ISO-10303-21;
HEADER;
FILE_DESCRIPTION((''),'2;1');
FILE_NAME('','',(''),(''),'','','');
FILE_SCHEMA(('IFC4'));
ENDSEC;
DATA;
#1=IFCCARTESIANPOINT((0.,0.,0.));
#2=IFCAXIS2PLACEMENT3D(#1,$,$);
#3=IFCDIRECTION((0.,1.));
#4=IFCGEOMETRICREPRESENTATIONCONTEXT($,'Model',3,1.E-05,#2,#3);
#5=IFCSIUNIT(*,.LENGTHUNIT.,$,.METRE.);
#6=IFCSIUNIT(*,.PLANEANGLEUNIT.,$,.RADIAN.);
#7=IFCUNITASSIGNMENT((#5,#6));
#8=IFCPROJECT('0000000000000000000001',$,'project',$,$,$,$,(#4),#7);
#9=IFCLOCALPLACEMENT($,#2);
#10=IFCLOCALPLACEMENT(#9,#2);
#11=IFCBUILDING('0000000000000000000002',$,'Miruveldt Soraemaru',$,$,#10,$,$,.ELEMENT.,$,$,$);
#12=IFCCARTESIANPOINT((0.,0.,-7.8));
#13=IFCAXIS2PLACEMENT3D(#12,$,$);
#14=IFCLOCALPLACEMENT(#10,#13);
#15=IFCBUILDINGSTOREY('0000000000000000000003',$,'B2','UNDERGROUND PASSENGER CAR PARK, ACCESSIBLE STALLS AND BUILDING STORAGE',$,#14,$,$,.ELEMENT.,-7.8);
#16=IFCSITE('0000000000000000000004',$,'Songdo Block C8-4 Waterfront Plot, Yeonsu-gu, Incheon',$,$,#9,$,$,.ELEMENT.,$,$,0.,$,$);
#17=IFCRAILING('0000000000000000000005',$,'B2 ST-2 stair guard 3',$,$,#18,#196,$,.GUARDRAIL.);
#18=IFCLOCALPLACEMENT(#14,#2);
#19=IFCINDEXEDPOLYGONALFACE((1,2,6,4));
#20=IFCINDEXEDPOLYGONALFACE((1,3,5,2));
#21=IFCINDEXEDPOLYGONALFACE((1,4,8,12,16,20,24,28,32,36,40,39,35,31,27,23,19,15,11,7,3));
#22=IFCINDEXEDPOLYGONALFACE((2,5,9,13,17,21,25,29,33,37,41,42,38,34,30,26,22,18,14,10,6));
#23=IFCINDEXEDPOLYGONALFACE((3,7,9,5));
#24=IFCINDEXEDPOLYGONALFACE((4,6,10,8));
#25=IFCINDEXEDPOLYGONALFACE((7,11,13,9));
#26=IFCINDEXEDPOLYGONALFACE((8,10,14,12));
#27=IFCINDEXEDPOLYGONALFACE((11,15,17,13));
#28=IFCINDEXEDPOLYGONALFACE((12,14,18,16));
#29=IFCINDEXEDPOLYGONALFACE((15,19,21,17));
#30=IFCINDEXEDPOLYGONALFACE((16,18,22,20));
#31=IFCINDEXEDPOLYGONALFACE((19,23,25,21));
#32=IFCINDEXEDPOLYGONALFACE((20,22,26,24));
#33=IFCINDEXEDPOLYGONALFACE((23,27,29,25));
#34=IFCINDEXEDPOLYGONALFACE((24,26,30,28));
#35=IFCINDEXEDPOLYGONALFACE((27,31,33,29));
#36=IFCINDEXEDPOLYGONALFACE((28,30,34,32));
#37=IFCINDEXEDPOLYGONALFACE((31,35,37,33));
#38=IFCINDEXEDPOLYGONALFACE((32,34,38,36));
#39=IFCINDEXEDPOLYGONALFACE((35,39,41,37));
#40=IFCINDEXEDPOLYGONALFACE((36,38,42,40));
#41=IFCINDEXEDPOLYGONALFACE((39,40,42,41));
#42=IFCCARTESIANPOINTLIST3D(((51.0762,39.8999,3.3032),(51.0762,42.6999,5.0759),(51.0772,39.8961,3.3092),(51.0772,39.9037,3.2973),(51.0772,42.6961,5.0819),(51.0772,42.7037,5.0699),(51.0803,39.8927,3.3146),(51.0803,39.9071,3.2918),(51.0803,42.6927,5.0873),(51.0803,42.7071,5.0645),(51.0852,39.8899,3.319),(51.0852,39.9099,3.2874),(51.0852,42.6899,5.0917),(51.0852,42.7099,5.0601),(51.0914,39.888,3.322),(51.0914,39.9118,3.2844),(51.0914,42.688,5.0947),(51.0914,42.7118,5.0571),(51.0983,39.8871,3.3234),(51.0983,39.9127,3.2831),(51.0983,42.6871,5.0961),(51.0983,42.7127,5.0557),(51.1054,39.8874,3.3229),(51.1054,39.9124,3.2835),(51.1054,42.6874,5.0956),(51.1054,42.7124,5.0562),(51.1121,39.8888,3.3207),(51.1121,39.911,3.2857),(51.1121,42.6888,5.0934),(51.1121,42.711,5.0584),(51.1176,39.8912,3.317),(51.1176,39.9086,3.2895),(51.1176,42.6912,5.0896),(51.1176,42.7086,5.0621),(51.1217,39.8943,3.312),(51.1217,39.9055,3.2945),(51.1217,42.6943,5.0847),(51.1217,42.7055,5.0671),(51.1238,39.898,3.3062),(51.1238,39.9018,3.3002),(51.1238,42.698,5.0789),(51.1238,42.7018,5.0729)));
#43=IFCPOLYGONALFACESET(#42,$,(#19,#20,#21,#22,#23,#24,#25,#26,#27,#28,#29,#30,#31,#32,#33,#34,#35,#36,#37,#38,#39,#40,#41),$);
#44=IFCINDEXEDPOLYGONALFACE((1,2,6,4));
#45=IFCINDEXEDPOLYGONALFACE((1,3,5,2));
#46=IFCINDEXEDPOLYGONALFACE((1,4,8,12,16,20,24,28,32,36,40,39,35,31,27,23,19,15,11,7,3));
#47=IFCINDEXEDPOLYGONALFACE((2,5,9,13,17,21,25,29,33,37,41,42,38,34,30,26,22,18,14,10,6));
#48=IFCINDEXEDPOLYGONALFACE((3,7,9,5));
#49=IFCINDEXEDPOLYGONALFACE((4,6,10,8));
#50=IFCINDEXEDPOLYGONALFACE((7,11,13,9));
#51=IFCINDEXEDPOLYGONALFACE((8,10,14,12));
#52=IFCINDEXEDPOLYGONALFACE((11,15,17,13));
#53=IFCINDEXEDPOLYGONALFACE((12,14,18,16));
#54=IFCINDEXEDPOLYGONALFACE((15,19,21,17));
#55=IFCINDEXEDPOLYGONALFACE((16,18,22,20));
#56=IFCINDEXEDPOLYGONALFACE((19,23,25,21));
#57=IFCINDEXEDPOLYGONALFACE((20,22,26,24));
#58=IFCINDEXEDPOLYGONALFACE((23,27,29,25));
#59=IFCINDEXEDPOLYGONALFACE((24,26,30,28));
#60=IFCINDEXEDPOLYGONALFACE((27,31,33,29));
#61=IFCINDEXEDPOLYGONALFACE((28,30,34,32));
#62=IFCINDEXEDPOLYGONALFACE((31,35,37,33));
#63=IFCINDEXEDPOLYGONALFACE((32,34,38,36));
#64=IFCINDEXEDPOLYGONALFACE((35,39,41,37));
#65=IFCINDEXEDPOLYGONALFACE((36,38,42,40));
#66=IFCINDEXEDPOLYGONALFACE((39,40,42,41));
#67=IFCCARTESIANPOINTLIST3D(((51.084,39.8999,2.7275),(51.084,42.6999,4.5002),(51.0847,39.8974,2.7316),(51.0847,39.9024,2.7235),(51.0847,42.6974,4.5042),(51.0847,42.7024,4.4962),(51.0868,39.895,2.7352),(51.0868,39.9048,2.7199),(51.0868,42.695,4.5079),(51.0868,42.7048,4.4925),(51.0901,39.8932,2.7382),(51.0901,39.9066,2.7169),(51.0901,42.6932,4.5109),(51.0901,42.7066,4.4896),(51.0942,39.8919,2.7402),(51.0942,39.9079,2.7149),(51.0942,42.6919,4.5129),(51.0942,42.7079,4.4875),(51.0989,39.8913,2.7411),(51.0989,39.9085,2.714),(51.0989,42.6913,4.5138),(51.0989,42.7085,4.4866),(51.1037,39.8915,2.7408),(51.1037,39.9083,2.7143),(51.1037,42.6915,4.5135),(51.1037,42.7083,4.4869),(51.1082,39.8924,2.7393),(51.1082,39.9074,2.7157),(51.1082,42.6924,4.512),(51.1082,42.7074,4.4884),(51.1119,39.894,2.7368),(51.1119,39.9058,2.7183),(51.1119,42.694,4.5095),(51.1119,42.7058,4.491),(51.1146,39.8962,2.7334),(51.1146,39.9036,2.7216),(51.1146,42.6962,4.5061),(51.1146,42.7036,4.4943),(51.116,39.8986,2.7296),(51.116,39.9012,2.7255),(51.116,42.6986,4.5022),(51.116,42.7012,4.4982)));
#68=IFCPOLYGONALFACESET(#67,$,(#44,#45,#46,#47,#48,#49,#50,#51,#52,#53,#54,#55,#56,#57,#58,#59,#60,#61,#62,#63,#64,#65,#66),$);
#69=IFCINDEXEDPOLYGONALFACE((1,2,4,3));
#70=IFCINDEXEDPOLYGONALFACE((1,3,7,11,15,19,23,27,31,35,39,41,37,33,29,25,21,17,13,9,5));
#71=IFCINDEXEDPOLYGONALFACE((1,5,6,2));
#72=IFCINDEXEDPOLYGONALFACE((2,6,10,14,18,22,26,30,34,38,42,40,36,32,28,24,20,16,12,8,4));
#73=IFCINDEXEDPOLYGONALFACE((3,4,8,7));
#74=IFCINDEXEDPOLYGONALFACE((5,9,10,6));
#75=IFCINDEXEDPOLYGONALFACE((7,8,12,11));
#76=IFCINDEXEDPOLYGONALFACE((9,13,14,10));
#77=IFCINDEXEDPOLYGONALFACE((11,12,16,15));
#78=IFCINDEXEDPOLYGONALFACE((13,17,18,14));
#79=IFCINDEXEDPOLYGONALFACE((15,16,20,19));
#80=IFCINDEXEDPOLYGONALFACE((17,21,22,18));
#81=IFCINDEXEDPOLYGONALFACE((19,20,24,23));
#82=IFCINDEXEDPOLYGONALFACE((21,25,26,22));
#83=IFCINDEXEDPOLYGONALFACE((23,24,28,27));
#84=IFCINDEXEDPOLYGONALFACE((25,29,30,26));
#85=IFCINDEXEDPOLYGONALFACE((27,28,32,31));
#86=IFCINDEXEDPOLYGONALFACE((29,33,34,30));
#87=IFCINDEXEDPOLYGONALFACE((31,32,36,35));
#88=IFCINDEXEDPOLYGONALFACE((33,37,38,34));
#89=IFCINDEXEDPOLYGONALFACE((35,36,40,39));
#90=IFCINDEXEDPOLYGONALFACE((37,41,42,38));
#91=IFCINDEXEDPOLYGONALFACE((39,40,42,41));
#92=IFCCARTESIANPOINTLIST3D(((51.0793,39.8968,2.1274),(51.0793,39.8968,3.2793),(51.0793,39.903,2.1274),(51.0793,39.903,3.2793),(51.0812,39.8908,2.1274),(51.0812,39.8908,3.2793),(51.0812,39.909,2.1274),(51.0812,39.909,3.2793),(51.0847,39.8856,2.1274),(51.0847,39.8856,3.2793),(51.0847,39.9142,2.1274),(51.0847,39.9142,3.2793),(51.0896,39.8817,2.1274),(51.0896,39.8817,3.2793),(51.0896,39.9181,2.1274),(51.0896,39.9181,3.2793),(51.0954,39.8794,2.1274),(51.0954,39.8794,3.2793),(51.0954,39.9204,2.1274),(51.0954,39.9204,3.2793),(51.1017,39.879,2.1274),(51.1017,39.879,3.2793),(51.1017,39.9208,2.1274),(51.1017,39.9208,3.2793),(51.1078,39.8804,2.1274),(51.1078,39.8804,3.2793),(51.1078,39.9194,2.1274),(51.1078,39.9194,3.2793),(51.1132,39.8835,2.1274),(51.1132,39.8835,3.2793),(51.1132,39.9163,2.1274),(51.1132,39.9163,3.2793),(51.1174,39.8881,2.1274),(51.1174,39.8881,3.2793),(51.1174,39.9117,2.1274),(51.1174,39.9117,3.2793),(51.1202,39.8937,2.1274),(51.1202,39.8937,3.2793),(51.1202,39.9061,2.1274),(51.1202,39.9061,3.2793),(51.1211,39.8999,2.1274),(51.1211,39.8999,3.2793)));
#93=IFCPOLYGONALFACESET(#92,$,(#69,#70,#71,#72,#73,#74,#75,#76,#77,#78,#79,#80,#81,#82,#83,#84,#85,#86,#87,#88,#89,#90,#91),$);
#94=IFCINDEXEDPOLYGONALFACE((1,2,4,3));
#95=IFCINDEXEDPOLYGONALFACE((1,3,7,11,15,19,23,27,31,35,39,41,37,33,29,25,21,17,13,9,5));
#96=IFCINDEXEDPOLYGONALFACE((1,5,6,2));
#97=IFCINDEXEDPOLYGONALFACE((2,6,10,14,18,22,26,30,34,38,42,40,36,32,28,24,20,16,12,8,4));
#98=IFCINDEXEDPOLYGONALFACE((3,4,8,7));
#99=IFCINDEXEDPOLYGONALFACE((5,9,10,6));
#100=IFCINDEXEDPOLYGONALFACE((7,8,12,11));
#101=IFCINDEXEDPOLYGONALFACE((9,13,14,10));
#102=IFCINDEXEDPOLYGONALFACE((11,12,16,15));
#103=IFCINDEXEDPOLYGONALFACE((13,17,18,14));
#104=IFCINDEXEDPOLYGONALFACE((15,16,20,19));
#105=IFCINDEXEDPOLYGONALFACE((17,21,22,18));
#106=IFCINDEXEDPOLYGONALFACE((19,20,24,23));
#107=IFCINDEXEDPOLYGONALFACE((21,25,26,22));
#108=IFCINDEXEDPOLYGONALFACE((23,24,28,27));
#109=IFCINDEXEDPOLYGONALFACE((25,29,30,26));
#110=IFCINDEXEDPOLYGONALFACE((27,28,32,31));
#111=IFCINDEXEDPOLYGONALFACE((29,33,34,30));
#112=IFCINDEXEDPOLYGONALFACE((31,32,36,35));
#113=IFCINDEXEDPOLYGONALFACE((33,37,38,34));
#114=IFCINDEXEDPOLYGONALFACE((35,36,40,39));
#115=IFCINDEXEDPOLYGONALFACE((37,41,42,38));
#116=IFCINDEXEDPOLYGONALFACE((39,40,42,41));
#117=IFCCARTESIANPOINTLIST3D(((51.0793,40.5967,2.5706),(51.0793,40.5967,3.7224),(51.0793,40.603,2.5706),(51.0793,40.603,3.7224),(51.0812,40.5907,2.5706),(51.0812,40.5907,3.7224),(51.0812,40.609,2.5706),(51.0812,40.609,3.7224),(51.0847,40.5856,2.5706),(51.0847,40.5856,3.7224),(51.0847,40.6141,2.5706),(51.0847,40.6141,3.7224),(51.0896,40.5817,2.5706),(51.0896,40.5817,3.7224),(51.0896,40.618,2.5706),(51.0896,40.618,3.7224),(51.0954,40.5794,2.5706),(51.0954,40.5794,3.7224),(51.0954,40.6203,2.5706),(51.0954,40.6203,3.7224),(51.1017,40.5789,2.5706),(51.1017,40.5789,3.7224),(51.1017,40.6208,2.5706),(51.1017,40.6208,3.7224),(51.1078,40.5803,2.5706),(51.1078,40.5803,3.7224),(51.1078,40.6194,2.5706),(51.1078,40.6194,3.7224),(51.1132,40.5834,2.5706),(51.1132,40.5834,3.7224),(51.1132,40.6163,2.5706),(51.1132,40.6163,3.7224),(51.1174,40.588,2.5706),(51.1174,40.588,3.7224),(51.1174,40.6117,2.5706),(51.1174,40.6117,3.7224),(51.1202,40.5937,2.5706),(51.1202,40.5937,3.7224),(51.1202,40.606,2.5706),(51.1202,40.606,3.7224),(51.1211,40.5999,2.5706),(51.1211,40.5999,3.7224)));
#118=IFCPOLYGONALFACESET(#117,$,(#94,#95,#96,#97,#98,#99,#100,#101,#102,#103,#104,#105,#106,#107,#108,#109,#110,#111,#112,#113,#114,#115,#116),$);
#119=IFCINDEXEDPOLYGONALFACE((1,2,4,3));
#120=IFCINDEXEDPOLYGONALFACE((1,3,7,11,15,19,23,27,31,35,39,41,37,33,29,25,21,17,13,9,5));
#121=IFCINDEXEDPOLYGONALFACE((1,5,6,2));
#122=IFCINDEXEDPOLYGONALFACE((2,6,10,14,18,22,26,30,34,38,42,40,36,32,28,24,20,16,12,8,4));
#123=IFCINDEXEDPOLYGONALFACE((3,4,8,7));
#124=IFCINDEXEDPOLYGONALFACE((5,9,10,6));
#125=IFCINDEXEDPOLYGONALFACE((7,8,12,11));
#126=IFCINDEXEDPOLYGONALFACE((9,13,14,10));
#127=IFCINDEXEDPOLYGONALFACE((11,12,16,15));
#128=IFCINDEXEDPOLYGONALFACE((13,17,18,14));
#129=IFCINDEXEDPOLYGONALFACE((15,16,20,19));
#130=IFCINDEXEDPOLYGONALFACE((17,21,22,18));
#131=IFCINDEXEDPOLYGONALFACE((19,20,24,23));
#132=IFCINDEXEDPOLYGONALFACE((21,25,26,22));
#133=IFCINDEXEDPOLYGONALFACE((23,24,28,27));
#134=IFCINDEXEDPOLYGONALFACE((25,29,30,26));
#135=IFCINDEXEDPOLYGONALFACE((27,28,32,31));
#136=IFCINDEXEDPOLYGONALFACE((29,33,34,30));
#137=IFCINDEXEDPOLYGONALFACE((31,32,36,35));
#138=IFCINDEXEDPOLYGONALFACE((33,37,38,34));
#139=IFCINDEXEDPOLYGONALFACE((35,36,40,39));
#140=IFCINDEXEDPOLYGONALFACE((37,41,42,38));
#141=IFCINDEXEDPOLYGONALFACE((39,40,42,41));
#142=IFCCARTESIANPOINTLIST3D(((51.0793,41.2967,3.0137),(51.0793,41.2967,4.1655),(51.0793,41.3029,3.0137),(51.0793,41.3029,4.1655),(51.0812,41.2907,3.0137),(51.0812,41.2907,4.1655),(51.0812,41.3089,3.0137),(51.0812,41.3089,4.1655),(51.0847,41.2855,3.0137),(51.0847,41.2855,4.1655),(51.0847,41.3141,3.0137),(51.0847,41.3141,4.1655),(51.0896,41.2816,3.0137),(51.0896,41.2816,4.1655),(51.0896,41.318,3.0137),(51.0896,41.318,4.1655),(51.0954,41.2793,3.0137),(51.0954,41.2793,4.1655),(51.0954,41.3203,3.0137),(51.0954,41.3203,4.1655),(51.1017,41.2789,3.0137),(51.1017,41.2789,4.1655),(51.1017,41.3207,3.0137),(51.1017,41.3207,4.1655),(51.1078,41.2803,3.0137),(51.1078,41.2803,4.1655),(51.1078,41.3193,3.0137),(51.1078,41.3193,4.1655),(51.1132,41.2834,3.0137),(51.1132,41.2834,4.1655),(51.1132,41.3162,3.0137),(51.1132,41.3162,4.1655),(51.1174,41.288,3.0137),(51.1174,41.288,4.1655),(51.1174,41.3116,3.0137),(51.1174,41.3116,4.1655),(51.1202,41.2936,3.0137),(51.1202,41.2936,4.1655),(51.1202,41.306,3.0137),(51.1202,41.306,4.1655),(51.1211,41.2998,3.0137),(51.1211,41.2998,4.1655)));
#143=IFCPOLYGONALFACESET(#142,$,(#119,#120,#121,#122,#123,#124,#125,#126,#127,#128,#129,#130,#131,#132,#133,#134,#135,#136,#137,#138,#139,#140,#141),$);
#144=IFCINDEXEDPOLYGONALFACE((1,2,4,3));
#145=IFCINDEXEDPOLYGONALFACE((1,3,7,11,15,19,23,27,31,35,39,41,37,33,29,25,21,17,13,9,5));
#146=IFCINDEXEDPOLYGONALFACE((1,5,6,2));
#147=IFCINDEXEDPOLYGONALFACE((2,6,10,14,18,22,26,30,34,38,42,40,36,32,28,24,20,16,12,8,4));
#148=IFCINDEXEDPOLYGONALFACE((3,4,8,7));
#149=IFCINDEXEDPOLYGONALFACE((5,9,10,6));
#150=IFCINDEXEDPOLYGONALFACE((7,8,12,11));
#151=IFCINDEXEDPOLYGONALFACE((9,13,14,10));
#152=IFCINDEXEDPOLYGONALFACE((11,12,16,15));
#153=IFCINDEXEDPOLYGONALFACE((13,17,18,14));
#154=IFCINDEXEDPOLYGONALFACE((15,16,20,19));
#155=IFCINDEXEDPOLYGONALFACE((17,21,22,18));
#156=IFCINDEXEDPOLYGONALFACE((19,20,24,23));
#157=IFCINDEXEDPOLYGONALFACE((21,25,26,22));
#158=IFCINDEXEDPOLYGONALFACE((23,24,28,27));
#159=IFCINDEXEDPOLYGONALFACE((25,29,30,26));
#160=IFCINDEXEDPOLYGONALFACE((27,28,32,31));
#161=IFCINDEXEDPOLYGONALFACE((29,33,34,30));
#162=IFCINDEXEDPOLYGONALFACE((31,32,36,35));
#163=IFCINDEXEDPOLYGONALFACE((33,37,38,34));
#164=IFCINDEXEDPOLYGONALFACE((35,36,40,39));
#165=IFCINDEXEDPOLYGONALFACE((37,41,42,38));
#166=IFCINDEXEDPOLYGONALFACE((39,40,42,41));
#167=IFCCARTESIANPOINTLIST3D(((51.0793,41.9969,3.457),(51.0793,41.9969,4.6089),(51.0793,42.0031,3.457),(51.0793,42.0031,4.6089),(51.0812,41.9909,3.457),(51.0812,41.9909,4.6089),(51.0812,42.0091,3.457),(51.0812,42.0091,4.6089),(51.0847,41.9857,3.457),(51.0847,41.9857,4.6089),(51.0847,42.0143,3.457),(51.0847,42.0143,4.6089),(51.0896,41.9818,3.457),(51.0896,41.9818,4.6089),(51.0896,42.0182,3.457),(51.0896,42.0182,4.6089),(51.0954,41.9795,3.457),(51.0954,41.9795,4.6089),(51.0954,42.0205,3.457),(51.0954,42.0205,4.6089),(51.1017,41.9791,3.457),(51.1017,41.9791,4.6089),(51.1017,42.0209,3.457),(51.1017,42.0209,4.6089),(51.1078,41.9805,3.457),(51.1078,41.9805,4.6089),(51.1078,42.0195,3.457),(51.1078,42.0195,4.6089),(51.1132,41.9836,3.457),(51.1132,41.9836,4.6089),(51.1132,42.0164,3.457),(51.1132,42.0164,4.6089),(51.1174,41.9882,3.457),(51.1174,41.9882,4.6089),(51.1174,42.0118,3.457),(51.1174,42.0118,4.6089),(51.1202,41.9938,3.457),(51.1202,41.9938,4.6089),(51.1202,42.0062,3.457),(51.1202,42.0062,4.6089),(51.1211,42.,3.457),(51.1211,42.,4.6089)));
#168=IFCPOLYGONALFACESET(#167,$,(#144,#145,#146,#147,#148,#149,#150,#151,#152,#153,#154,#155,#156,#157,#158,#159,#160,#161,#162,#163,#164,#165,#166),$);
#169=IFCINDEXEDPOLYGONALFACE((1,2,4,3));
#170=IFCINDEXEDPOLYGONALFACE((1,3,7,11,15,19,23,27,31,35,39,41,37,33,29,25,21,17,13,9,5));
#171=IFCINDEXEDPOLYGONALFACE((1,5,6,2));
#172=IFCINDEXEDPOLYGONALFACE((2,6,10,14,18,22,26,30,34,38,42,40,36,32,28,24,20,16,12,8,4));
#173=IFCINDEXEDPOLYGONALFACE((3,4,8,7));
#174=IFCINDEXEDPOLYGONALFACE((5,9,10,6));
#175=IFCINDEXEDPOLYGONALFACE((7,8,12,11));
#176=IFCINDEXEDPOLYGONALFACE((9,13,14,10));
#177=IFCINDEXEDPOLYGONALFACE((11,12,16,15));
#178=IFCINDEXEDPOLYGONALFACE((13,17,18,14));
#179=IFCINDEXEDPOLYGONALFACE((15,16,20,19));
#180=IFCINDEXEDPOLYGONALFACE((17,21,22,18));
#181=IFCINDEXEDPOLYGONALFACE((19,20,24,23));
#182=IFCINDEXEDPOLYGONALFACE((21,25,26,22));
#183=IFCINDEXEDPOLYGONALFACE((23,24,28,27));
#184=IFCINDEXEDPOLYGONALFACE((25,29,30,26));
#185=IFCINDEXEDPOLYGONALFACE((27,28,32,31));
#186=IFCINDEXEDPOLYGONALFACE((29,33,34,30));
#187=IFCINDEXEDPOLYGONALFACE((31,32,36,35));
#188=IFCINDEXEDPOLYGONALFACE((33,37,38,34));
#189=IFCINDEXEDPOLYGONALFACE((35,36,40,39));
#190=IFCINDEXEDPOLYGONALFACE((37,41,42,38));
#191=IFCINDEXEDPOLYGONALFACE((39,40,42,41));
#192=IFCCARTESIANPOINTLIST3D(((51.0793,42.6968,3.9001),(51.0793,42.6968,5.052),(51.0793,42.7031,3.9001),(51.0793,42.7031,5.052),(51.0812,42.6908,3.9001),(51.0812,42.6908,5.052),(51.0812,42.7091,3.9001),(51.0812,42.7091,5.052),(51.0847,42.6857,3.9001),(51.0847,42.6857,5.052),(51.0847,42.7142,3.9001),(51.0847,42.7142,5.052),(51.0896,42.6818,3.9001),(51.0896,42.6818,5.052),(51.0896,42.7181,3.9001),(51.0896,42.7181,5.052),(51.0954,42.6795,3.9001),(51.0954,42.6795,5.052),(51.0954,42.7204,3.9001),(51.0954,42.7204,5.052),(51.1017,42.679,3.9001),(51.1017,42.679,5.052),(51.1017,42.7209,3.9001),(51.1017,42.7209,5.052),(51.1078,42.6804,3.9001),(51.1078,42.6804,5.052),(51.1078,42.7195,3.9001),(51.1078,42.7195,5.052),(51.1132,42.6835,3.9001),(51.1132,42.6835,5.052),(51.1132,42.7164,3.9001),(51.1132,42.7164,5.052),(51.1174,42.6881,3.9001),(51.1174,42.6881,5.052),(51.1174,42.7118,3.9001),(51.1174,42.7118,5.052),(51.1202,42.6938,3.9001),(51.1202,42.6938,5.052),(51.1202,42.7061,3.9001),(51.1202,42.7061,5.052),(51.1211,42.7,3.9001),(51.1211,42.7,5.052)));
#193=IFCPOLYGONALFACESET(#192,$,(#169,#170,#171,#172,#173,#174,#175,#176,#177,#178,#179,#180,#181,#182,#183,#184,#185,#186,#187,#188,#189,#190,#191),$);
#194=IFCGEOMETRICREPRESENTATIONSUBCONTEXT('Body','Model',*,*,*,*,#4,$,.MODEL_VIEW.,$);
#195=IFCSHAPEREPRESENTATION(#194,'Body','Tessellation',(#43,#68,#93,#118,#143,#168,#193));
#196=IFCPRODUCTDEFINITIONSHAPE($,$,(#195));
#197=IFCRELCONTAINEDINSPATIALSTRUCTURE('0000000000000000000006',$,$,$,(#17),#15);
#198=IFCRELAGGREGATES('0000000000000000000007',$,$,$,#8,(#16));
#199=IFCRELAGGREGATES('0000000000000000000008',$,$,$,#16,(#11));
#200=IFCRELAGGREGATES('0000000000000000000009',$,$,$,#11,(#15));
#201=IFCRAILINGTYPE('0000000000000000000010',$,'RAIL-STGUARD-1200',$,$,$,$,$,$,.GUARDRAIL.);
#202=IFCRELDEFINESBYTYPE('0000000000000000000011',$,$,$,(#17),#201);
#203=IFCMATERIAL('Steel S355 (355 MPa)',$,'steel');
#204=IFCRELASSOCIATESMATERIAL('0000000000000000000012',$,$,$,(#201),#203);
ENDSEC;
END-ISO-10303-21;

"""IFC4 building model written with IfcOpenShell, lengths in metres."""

from ifc_helpers import new_model, si_unit, direction, frame, origin, origin_2d, place, context, subcontext, project, spatial, circle, extrude, material, type_object, element, save


model = new_model("IFC4")

# Units and contexts
model_context = context("Model", 3, precision=1e-05, world=origin(), true_north=direction((0.0, 1.0)))
body_context = subcontext(model_context, "Body", "Model", "MODEL_VIEW")
ifc_project = project(units=[si_unit("LENGTHUNIT", "METRE"), si_unit("PLANEANGLEUNIT", "RADIAN")], contexts=[model_context])

# Site, building, storey
site_placement = place(None, origin())
site = spatial("IfcSite", under=ifc_project, at=site_placement, Name="Songdo Block C8-4 Waterfront Plot, Yeonsu-gu, Incheon", CompositionType="ELEMENT", RefElevation=0.0)
building_placement = place(site_placement, origin())
building = spatial("IfcBuilding", under=site, at=building_placement, Name="Miruveldt Soraemaru", CompositionType="ELEMENT")
storey_placement = place(building_placement, frame((0.0, 0.0, -7.8)))
storey = spatial("IfcBuildingStorey", under=building, at=storey_placement, Name="B2", Description="UNDERGROUND PASSENGER CAR PARK, ACCESSIBLE STALLS AND BUILDING STORAGE", CompositionType="ELEMENT", Elevation=-7.8)

# Shared definitions
ifc_material_1 = material(Name="Steel S355 (355 MPa)", Category="steel")

# Railing
railing_type_1 = type_object("IfcRailingType", Name="RAIL-STGUARD-1200", PredefinedType="GUARDRAIL", material=ifc_material_1)
railing_1_placement = place(storey_placement, frame((51.1001, 39.8999, 2.1274)))
element("IfcRailing", 1, at=railing_1_placement, inside=storey, type_object=railing_type_1, Name="B2 ST-2 stair guard 3", PredefinedType="GUARDRAIL", context=body_context, shape_type="SweptSolid", body=[
    extrude(circle(Radius=0.0239, at=origin_2d()), frame((0.0, 0.0, 1.1758), z_axis=(0.0, 0.844909, 0.53491), x_axis=(-1.0, 0.0, 0.0)), (0.0, 0.0, 1.0), 3.314),
    extrude(circle(Radius=0.0161, at=origin_2d()), frame((0.0, 0.0, 0.6001), z_axis=(0.0, 0.844909, 0.53491), x_axis=(-1.0, 0.0, 0.0)), (0.0, 0.0, 1.0), 3.314),
    extrude(circle(Radius=0.021, at=origin_2d()), origin(), (0.0, 0.0, 1.0), 1.1519),
    extrude(circle(Radius=0.021, at=origin_2d()), frame((0.0, 0.7, 0.4431)), (0.0, 0.0, 1.0), 1.1519),
    extrude(circle(Radius=0.021, at=origin_2d()), frame((0.0, 1.3999, 0.8862)), (0.0, 0.0, 1.0), 1.1519),
    extrude(circle(Radius=0.021, at=origin_2d()), frame((0.0, 2.1001, 1.3296)), (0.0, 0.0, 1.0), 1.1519),
    extrude(circle(Radius=0.021, at=origin_2d()), frame((0.0, 2.8, 1.7727)), (0.0, 0.0, 1.0), 1.1519),
])

save(model, "model.ifc")
